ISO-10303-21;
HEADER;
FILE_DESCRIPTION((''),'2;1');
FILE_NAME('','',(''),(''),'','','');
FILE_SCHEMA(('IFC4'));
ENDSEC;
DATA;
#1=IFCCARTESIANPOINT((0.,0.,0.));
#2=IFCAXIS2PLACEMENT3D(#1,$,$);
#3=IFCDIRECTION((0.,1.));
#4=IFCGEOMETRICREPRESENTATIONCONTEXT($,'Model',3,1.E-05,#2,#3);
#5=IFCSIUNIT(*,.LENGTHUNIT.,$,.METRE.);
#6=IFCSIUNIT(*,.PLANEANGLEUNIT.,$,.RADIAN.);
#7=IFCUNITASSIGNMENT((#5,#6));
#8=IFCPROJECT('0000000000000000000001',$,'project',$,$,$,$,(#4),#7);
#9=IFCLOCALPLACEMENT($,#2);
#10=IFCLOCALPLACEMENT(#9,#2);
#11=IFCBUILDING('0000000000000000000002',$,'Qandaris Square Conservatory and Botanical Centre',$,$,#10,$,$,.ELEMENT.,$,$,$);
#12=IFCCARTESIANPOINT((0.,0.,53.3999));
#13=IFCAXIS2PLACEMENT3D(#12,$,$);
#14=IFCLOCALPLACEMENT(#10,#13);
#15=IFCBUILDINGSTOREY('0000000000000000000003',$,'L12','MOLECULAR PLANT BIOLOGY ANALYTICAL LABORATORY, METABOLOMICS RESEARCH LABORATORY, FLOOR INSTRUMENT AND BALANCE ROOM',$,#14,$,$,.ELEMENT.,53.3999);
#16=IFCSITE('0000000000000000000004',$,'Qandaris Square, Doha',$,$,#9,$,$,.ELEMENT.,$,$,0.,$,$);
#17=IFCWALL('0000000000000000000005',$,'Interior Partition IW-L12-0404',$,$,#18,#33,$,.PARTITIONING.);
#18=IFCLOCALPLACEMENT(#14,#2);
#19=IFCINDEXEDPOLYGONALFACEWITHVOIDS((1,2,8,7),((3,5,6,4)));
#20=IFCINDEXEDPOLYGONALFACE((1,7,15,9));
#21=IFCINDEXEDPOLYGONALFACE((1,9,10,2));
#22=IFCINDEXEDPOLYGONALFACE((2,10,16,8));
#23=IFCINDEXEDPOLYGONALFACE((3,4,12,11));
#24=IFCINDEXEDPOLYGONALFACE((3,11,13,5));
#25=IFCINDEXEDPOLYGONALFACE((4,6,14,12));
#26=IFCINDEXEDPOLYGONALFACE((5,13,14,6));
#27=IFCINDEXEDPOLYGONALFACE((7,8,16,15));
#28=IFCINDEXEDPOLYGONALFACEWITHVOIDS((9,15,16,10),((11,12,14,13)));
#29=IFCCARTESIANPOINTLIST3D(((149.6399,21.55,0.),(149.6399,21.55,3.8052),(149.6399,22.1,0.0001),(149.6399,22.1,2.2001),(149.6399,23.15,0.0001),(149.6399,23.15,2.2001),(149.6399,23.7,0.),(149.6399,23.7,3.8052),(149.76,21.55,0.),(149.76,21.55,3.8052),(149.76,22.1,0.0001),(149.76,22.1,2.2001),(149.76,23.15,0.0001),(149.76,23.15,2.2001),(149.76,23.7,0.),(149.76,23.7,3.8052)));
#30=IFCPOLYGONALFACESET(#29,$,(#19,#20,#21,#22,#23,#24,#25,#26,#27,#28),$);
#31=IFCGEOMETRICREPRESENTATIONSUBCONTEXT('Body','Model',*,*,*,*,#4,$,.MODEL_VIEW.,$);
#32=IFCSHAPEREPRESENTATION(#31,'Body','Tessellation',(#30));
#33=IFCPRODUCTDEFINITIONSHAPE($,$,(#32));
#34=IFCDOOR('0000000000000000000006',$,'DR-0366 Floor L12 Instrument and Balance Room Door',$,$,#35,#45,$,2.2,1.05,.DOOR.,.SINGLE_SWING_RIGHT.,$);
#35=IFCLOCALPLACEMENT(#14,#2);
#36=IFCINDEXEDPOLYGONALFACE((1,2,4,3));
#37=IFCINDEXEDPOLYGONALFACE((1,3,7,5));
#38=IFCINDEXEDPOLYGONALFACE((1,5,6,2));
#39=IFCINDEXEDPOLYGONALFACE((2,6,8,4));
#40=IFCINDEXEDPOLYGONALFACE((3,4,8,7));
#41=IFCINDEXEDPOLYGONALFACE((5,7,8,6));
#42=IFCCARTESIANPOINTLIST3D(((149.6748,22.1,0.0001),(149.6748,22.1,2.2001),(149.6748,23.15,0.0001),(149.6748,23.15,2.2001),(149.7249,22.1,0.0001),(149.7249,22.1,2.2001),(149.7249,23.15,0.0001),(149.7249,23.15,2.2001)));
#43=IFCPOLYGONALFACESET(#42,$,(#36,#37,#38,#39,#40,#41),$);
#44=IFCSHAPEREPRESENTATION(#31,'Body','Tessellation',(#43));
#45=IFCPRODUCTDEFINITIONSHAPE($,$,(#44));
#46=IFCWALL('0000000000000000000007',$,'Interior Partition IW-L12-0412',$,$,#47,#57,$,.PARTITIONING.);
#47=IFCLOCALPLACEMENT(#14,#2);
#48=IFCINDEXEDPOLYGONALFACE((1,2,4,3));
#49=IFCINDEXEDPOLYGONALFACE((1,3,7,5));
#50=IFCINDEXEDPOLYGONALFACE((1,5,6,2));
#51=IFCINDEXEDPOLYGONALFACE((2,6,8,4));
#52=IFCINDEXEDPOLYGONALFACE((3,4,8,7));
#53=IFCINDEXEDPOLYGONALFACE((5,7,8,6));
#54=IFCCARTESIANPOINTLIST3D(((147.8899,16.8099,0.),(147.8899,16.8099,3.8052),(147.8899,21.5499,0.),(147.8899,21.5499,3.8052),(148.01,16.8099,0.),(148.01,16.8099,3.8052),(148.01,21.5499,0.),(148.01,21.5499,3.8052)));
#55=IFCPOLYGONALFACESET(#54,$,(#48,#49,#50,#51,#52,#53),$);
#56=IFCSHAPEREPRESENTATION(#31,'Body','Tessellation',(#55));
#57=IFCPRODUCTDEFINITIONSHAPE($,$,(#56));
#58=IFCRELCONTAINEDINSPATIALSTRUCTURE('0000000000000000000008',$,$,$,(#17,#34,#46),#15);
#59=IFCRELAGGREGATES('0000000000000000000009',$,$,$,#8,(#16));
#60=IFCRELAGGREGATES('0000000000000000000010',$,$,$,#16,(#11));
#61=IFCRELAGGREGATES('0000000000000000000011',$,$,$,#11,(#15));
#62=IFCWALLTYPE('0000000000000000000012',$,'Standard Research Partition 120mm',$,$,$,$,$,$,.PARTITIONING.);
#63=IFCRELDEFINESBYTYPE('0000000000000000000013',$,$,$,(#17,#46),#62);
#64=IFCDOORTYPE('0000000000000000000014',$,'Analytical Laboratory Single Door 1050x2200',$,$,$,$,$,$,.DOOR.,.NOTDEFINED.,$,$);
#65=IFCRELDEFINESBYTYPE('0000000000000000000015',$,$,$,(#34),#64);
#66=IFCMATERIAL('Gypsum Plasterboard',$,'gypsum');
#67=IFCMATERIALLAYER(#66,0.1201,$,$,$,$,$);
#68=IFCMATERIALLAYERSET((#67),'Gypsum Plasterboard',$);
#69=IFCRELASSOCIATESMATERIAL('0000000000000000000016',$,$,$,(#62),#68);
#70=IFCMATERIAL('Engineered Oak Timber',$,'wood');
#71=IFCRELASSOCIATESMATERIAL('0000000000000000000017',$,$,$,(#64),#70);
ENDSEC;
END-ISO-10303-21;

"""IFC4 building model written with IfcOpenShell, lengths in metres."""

from ifc_helpers import new_model, si_unit, direction, frame, frame_2d, origin, place, context, subcontext, project, spatial, rectangle, extrude, material, layer, layer_set, type_object, element, fill, save


model = new_model("IFC4")

# Units and contexts
model_context = context("Model", 3, precision=1e-05, world=origin(), true_north=direction((0.0, 1.0)))
body_context = subcontext(model_context, "Body", "Model", "MODEL_VIEW")
ifc_project = project(units=[si_unit("LENGTHUNIT", "METRE"), si_unit("PLANEANGLEUNIT", "RADIAN")], contexts=[model_context])

# Site, building, storey
site_placement = place(None, origin())
site = spatial("IfcSite", under=ifc_project, at=site_placement, Name="Qandaris Square, Doha", CompositionType="ELEMENT", RefElevation=0.0)
building_placement = place(site_placement, origin())
building = spatial("IfcBuilding", under=site, at=building_placement, Name="Qandaris Square Conservatory and Botanical Centre", CompositionType="ELEMENT")
storey_placement = place(building_placement, frame((0.0, 0.0, 53.3999)))
storey = spatial("IfcBuildingStorey", under=building, at=storey_placement, Name="L12", Description="MOLECULAR PLANT BIOLOGY ANALYTICAL LABORATORY, METABOLOMICS RESEARCH LABORATORY, FLOOR INSTRUMENT AND BALANCE ROOM", CompositionType="ELEMENT", Elevation=53.3999)

# Shared definitions
ifc_material_1 = material(Name="Gypsum Plasterboard", Category="gypsum")
ifc_material_2 = material(Name="Engineered Oak Timber", Category="wood")

# Wall, opening, door
ifc_layer_1 = layer(ifc_material_1, 0.1201)
ifc_layer_set_1 = layer_set([ifc_layer_1], Name="Gypsum Plasterboard")
wall_type_1 = type_object("IfcWallType", Name="Standard Research Partition 120mm", PredefinedType="PARTITIONING", material=ifc_layer_set_1)
wall_1_placement = place(storey_placement, frame((149.7, 23.7, 0.0), z_axis=(0.0, 0.0, 1.0), x_axis=(0.0, -1.0, 0.0)))
wall_1 = element("IfcWall", 1, at=wall_1_placement, inside=storey, type_object=wall_type_1, Name="Interior Partition IW-L12-0404", PredefinedType="PARTITIONING", context=body_context, shape_type="SweptSolid", body=[
    extrude(rectangle(XDim=2.1499, YDim=0.1201, at=frame_2d((1.075, 0.0))), origin(), (0.0, 0.0, 1.0), 3.8052),
])
opening_1_placement = place(wall_1_placement, frame((0.55, 0.0, 0.0)))
opening_1 = element("IfcOpeningElement", 2, at=opening_1_placement, cuts=wall_1, PredefinedType="OPENING", context=body_context, shape_type="SweptSolid", body=[
    extrude(rectangle(XDim=1.05, YDim=2.2, at=frame_2d((0.5249, 1.1001))), frame((0.0, 0.072, 0.0), z_axis=(0.0, -1.0, 0.0), x_axis=(1.0, 0.0, 0.0)), (0.0, 0.0, 1.0), 0.144),
])
door_type_1 = type_object("IfcDoorType", Name="Analytical Laboratory Single Door 1050x2200", OperationType="NOTDEFINED", PredefinedType="DOOR", material=ifc_material_2)
door_1_placement = place(opening_1_placement, origin())
door_1 = element("IfcDoor", 3, at=door_1_placement, inside=storey, type_object=door_type_1, Name="DR-0366 Floor L12 Instrument and Balance Room Door", OperationType="SINGLE_SWING_RIGHT", OverallHeight=2.2, OverallWidth=1.05, PredefinedType="DOOR", context=body_context, shape_type="SweptSolid", body=[
    extrude(rectangle(XDim=1.05, YDim=2.2, at=frame_2d((0.5249, 1.1001))), frame((0.0, 0.0249, 0.0), z_axis=(0.0, -1.0, 0.0), x_axis=(1.0, 0.0, 0.0)), (0.0, 0.0, 1.0), 0.05),
])
fill(opening_1, door_1)

# Wall
wall_2_placement = place(storey_placement, frame((147.95, 21.55, 0.0), z_axis=(0.0, 0.0, 1.0), x_axis=(0.0, -1.0, 0.0)))
element("IfcWall", 4, at=wall_2_placement, inside=storey, type_object=wall_type_1, Name="Interior Partition IW-L12-0412", PredefinedType="PARTITIONING", context=body_context, shape_type="SweptSolid", body=[
    extrude(rectangle(XDim=4.74, YDim=0.1201, at=frame_2d((2.3701, 0.0))), origin(), (0.0, 0.0, 1.0), 3.8052),
])

save(model, "model.ifc")
